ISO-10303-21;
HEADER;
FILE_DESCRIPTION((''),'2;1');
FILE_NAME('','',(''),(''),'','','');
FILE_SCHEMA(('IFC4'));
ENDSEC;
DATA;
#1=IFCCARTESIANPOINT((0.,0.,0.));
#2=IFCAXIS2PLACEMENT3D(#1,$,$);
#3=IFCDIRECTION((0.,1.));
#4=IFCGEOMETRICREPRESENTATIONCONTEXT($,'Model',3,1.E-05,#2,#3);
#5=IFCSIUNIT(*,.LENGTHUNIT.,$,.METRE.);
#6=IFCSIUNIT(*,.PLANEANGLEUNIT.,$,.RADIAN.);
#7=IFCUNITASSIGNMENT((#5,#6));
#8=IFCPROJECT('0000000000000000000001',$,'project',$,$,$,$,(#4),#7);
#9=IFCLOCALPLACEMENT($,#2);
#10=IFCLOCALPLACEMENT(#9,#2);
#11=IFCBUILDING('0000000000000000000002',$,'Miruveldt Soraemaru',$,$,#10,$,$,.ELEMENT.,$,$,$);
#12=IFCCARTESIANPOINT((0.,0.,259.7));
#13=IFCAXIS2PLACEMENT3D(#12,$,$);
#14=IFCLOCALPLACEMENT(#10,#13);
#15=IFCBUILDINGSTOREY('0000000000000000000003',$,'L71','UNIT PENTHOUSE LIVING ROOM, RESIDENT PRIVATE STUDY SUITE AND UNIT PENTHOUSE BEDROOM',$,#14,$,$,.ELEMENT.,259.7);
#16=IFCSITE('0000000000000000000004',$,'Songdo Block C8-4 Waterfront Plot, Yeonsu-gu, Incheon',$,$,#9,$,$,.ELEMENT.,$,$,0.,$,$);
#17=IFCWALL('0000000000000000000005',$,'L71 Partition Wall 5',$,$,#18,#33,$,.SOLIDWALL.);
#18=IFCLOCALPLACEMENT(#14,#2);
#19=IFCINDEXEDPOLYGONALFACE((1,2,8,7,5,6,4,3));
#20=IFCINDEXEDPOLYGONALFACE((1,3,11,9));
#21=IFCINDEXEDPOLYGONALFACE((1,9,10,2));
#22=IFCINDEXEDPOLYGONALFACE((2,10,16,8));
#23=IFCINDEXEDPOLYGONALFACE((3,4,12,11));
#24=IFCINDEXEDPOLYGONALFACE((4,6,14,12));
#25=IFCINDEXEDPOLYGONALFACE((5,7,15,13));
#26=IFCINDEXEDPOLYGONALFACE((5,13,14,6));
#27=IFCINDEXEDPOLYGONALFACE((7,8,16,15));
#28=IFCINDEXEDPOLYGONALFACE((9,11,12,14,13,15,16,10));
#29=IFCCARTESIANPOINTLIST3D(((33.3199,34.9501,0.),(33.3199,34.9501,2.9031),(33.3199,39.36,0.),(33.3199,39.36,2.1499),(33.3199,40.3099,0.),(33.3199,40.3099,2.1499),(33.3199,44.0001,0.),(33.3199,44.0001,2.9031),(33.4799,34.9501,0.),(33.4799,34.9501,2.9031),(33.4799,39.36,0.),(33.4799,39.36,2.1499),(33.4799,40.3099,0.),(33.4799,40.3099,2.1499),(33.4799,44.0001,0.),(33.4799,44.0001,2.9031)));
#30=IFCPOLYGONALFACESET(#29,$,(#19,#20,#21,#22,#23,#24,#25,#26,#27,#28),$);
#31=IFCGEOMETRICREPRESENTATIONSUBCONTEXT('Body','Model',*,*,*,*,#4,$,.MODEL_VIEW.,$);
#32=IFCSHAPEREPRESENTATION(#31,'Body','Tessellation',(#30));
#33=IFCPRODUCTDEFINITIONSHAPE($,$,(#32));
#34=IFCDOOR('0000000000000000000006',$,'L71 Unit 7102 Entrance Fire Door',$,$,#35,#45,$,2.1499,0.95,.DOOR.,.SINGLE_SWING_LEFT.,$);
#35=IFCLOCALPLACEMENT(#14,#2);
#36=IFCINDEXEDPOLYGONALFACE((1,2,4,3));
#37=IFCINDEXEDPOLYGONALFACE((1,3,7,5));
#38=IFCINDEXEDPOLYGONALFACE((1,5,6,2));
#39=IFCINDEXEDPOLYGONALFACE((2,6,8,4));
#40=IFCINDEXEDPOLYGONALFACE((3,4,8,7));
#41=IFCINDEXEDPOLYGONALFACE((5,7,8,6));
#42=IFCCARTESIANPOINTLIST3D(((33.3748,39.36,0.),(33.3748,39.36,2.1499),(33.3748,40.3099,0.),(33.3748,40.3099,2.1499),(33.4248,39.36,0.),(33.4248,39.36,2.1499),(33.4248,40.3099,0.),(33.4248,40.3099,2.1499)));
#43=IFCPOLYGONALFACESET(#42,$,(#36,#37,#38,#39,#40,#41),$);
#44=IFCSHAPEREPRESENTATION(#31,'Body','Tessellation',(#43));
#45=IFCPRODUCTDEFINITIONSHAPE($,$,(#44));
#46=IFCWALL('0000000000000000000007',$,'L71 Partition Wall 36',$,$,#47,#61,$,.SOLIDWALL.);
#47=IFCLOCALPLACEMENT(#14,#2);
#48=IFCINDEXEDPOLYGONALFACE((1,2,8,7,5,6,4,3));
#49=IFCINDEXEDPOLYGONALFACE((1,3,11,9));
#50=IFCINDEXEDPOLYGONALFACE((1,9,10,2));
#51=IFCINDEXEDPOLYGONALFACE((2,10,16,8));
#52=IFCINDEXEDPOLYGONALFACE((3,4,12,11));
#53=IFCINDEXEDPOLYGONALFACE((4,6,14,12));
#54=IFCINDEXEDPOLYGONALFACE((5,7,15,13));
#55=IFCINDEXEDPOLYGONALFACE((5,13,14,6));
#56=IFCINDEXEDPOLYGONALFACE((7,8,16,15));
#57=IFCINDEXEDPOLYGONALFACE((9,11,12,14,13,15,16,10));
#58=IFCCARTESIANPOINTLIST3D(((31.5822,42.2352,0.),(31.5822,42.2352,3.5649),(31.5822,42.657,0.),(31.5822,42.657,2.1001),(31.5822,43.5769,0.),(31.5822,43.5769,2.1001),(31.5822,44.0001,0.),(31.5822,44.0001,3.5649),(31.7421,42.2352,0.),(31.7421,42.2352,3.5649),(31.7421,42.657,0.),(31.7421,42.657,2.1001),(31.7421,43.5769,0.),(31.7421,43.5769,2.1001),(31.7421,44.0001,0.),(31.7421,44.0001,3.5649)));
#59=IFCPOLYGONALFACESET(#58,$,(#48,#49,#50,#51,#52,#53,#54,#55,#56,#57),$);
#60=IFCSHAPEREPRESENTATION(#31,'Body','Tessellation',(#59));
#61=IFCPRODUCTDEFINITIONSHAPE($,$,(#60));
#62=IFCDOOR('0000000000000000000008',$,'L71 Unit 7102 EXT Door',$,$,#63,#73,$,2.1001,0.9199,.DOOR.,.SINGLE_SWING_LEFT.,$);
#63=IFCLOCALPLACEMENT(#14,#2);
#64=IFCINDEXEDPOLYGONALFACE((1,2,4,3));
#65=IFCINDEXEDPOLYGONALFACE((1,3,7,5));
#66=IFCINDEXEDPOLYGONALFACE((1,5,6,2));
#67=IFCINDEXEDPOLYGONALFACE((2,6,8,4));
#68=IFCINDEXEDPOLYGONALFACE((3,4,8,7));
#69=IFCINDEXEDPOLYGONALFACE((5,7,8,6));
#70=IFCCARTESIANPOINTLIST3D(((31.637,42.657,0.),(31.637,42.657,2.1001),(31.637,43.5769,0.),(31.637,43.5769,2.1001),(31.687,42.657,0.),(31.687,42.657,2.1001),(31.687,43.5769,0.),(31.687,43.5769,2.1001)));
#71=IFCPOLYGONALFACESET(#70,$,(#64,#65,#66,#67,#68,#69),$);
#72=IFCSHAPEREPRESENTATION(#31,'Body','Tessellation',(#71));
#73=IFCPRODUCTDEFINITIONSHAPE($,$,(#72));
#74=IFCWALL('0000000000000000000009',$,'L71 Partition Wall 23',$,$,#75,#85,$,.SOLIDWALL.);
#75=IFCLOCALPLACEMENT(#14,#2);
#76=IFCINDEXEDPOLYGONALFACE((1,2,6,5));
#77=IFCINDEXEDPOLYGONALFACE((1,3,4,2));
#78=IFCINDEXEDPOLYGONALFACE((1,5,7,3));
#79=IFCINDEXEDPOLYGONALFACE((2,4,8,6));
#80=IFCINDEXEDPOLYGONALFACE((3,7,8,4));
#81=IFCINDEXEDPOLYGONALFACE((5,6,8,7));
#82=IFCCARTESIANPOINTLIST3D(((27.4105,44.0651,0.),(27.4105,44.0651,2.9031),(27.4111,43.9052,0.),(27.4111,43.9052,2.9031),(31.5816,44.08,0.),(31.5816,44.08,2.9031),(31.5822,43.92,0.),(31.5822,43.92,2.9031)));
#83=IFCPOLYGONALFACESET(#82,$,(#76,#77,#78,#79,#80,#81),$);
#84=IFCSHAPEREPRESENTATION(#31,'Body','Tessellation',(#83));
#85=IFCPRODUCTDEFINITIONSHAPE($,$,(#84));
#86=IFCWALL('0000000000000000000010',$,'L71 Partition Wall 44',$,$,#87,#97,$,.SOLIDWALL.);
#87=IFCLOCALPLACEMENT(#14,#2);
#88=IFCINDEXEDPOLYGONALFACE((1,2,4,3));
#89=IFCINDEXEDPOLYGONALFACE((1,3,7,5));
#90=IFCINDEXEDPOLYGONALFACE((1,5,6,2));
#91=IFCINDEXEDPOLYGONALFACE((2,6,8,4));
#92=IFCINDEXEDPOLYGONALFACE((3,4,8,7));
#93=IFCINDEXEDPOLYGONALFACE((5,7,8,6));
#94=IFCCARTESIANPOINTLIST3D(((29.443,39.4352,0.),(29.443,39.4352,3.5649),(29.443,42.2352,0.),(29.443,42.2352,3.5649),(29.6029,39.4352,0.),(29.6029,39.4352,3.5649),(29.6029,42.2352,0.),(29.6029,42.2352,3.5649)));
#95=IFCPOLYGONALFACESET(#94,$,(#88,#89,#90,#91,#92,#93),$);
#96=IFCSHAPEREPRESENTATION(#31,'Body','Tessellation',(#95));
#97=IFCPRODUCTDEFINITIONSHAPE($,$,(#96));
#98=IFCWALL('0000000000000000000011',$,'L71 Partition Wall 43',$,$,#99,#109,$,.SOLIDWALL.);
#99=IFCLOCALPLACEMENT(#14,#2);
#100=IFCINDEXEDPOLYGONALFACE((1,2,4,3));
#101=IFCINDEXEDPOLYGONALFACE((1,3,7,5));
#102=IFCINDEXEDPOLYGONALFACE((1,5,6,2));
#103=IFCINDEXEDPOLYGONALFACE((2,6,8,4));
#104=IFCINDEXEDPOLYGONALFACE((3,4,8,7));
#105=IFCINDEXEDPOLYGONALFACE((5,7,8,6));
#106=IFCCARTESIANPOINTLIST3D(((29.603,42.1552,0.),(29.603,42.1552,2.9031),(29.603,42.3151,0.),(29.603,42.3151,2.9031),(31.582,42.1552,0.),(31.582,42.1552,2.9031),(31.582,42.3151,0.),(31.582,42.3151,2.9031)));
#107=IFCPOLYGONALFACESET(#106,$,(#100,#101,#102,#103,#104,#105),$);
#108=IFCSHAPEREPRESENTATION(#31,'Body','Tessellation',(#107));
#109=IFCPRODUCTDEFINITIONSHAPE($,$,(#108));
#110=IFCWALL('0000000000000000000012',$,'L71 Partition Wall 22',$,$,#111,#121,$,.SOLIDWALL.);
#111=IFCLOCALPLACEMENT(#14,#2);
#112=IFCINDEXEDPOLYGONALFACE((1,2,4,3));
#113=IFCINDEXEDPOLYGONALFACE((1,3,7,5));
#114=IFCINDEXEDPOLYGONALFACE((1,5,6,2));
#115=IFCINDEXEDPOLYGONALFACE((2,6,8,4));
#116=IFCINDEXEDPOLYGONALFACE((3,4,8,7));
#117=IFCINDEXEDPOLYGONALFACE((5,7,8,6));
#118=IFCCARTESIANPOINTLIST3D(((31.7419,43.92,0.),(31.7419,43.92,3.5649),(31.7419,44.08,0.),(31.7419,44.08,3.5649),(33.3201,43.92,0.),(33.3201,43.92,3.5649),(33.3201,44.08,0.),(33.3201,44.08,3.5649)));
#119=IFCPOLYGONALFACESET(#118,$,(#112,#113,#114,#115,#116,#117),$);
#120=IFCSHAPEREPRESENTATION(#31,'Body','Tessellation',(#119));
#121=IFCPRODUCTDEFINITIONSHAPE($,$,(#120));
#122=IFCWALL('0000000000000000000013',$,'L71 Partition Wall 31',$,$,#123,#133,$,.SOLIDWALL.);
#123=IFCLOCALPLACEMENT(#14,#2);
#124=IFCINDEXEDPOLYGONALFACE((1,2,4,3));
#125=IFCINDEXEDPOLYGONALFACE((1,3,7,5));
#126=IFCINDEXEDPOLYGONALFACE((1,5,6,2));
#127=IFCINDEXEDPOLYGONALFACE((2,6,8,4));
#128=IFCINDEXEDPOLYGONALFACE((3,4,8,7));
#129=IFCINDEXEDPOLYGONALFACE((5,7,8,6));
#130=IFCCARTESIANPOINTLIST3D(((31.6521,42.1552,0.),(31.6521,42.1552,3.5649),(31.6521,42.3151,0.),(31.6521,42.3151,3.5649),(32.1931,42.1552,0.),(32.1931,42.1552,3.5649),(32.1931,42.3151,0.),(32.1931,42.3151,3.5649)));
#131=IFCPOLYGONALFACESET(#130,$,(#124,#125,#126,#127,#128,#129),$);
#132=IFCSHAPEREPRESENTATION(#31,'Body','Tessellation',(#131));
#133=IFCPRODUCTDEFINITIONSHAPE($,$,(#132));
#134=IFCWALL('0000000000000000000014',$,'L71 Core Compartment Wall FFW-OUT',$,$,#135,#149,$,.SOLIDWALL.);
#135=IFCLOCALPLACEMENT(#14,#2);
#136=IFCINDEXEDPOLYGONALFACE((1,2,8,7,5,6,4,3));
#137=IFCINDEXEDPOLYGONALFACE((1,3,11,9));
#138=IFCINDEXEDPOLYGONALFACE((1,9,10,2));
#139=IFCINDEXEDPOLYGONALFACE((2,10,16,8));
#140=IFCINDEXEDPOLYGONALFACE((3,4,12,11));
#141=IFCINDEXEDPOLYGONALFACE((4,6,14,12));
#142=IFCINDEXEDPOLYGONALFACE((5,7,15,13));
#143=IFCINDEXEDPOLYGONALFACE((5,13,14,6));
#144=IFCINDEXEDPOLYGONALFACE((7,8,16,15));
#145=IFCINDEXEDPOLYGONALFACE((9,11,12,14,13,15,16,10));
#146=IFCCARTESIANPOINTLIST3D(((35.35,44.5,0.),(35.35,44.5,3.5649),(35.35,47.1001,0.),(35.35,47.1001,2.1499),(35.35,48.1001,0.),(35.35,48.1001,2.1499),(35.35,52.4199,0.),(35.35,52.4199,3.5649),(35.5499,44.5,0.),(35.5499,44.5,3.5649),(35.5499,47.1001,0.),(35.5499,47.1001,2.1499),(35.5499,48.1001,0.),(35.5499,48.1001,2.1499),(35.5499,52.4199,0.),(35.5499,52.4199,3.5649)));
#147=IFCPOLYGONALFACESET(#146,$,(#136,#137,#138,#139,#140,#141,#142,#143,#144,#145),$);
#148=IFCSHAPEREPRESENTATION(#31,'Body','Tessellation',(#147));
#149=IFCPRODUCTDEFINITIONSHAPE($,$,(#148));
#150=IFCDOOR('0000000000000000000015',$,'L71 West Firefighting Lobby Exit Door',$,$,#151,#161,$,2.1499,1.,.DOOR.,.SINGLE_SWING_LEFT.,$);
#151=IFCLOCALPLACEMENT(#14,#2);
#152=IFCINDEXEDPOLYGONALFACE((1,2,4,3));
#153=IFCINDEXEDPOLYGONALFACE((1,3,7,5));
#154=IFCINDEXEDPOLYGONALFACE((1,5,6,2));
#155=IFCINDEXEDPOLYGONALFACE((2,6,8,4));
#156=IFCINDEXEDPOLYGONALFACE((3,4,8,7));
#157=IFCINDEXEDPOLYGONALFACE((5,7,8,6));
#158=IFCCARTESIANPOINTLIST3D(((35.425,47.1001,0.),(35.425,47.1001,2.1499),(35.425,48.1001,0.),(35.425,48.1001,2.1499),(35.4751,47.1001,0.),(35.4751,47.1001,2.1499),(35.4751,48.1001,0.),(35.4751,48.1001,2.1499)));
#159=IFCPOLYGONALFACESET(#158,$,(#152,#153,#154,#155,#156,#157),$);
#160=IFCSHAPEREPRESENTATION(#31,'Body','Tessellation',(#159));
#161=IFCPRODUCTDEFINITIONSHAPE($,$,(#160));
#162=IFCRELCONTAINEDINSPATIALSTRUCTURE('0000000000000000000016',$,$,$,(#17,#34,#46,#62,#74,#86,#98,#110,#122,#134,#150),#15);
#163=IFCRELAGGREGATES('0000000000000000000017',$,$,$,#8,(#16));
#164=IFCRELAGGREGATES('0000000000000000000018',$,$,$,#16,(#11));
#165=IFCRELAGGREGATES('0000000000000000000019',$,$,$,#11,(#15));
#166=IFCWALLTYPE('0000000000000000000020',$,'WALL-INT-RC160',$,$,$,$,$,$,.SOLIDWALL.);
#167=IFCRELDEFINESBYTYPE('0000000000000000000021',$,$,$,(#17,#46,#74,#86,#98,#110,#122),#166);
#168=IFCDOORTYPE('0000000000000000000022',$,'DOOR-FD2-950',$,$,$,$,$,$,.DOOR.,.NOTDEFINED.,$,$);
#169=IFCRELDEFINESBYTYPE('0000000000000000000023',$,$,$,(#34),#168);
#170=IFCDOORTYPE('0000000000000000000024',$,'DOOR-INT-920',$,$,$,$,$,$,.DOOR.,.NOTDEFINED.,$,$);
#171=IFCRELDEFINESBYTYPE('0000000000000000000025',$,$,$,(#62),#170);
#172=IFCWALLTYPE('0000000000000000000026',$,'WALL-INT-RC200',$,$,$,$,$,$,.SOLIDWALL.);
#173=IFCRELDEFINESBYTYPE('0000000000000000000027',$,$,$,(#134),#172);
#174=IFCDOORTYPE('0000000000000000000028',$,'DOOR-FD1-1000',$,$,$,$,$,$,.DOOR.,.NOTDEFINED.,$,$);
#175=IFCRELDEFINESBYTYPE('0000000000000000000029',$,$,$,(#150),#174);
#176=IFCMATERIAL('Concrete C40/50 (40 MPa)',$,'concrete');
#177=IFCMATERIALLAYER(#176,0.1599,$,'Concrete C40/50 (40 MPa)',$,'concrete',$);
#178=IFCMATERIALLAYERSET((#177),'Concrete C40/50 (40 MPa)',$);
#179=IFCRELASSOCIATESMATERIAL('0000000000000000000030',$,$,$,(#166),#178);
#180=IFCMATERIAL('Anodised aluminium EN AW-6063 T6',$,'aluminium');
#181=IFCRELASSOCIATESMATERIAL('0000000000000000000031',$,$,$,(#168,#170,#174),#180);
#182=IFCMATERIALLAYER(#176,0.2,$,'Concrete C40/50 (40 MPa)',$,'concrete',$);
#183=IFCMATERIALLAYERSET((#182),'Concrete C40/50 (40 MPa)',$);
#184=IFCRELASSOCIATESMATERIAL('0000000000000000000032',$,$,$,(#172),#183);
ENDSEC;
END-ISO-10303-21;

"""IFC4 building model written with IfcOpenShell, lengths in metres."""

from ifc_helpers import new_model, si_unit, direction, frame, frame_2d, origin, place, context, subcontext, project, spatial, rectangle, extrude, material, layer, layer_set, type_object, element, fill, save


model = new_model("IFC4")

# Units and contexts
model_context = context("Model", 3, precision=1e-05, world=origin(), true_north=direction((0.0, 1.0)))
body_context = subcontext(model_context, "Body", "Model", "MODEL_VIEW")
ifc_project = project(units=[si_unit("LENGTHUNIT", "METRE"), si_unit("PLANEANGLEUNIT", "RADIAN")], contexts=[model_context])

# Site, building, storey
site_placement = place(None, origin())
site = spatial("IfcSite", under=ifc_project, at=site_placement, Name="Songdo Block C8-4 Waterfront Plot, Yeonsu-gu, Incheon", CompositionType="ELEMENT", RefElevation=0.0)
building_placement = place(site_placement, origin())
building = spatial("IfcBuilding", under=site, at=building_placement, Name="Miruveldt Soraemaru", CompositionType="ELEMENT")
storey_placement = place(building_placement, frame((0.0, 0.0, 259.7)))
storey = spatial("IfcBuildingStorey", under=building, at=storey_placement, Name="L71", Description="UNIT PENTHOUSE LIVING ROOM, RESIDENT PRIVATE STUDY SUITE AND UNIT PENTHOUSE BEDROOM", CompositionType="ELEMENT", Elevation=259.7)

# Shared definitions
ifc_material_1 = material(Name="Anodised aluminium EN AW-6063 T6", Category="aluminium")

# Walls, openings, doors
ifc_material_2 = material(Name="Concrete C40/50 (40 MPa)", Category="concrete")
ifc_layer_1 = layer(ifc_material_2, 0.1599, Name="Concrete C40/50 (40 MPa)", Category="concrete")
ifc_layer_set_1 = layer_set([ifc_layer_1], Name="Concrete C40/50 (40 MPa)")
wall_type_1 = type_object("IfcWallType", Name="WALL-INT-RC160", PredefinedType="SOLIDWALL", material=ifc_layer_set_1)
wall_1_placement = place(storey_placement, frame((33.3999, 44.0, 0.0), z_axis=(0.0, 0.0, 1.0), x_axis=(0.0, -1.0, 0.0)))
wall_1 = element("IfcWall", 1, at=wall_1_placement, inside=storey, type_object=wall_type_1, Name="L71 Partition Wall 5", PredefinedType="SOLIDWALL", context=body_context, shape_type="SweptSolid", body=[
    extrude(rectangle(XDim=9.05, YDim=0.1599, at=frame_2d((4.5249, 0.0))), origin(), (0.0, 0.0, 1.0), 2.9031),
])
opening_1_placement = place(wall_1_placement, frame((3.6899, 0.0, 0.0)))
opening_1 = element("IfcOpeningElement", 2, at=opening_1_placement, cuts=wall_1, PredefinedType="OPENING", context=body_context, shape_type="SweptSolid", body=[
    extrude(rectangle(XDim=0.95, YDim=2.1499, at=frame_2d((0.4751, 1.075))), frame((0.0, 0.0898, 0.0), z_axis=(0.0, -1.0, 0.0), x_axis=(1.0, 0.0, 0.0)), (0.0, 0.0, 1.0), 0.1799),
])
door_type_1 = type_object("IfcDoorType", Name="DOOR-FD2-950", OperationType="NOTDEFINED", PredefinedType="DOOR", material=ifc_material_1)
door_1_placement = place(opening_1_placement, origin())
door_1 = element("IfcDoor", 3, at=door_1_placement, inside=storey, type_object=door_type_1, Name="L71 Unit 7102 Entrance Fire Door", OperationType="SINGLE_SWING_LEFT", OverallHeight=2.1499, OverallWidth=0.95, PredefinedType="DOOR", context=body_context, shape_type="SweptSolid", body=[
    extrude(rectangle(XDim=0.95, YDim=2.1499, at=frame_2d((0.4751, 1.075))), frame((0.0, 0.0249, 0.0), z_axis=(0.0, -1.0, 0.0), x_axis=(1.0, 0.0, 0.0)), (0.0, 0.0, 1.0), 0.05),
])
fill(opening_1, door_1)
wall_2_placement = place(storey_placement, frame((31.6621, 44.0, 0.0), z_axis=(0.0, 0.0, 1.0), x_axis=(0.0, -1.0, 0.0)))
wall_2 = element("IfcWall", 4, at=wall_2_placement, inside=storey, type_object=wall_type_1, Name="L71 Partition Wall 36", PredefinedType="SOLIDWALL", context=body_context, shape_type="SweptSolid", body=[
    extrude(rectangle(XDim=1.7649, YDim=0.1599, at=frame_2d((0.8823, 0.0))), origin(), (0.0, 0.0, 1.0), 3.5649),
])
opening_2_placement = place(wall_2_placement, frame((0.4231, 0.0, 0.0)))
opening_2 = element("IfcOpeningElement", 5, at=opening_2_placement, cuts=wall_2, PredefinedType="OPENING", context=body_context, shape_type="SweptSolid", body=[
    extrude(rectangle(XDim=0.9199, YDim=2.1001, at=frame_2d((0.46, 1.05))), frame((0.0, 0.0898, 0.0), z_axis=(0.0, -1.0, 0.0), x_axis=(1.0, 0.0, 0.0)), (0.0, 0.0, 1.0), 0.1799),
])
door_type_2 = type_object("IfcDoorType", Name="DOOR-INT-920", OperationType="NOTDEFINED", PredefinedType="DOOR", material=ifc_material_1)
door_2_placement = place(opening_2_placement, origin())
door_2 = element("IfcDoor", 6, at=door_2_placement, inside=storey, type_object=door_type_2, Name="L71 Unit 7102 EXT Door", OperationType="SINGLE_SWING_LEFT", OverallHeight=2.1001, OverallWidth=0.9199, PredefinedType="DOOR", context=body_context, shape_type="SweptSolid", body=[
    extrude(rectangle(XDim=0.9199, YDim=2.1001, at=frame_2d((0.46, 1.05))), frame((0.0, 0.0249, 0.0), z_axis=(0.0, -1.0, 0.0), x_axis=(1.0, 0.0, 0.0)), (0.0, 0.0, 1.0), 0.05),
])
fill(opening_2, door_2)

# Walls
wall_3_placement = place(storey_placement, frame((27.4109, 43.9851, 0.0), z_axis=(0.0, 0.0, 1.0), x_axis=(0.999994, 0.00357, 0.0)))
element("IfcWall", 7, at=wall_3_placement, inside=storey, type_object=wall_type_1, Name="L71 Partition Wall 23", PredefinedType="SOLIDWALL", context=body_context, shape_type="SweptSolid", body=[
    extrude(rectangle(XDim=4.1711, YDim=0.1599, at=frame_2d((2.0854, 0.0))), origin(), (0.0, 0.0, 1.0), 2.9031),
])
wall_4_placement = place(storey_placement, frame((29.5229, 42.2351, 0.0), z_axis=(0.0, 0.0, 1.0), x_axis=(0.0, -1.0, 0.0)))
element("IfcWall", 8, at=wall_4_placement, inside=storey, type_object=wall_type_1, Name="L71 Partition Wall 44", PredefinedType="SOLIDWALL", context=body_context, shape_type="SweptSolid", body=[
    extrude(rectangle(XDim=2.8, YDim=0.1599, at=frame_2d((1.3999, 0.0))), origin(), (0.0, 0.0, 1.0), 3.5649),
])
wall_5_placement = place(storey_placement, frame((31.582, 42.2351, 0.0), z_axis=(0.0, 0.0, 1.0), x_axis=(-1.0, 0.0, 0.0)))
element("IfcWall", 9, at=wall_5_placement, inside=storey, type_object=wall_type_1, Name="L71 Partition Wall 43", PredefinedType="SOLIDWALL", context=body_context, shape_type="SweptSolid", body=[
    extrude(rectangle(XDim=1.979, YDim=0.1599, at=frame_2d((0.9895, 0.0))), origin(), (0.0, 0.0, 1.0), 2.9031),
])
wall_6_placement = place(storey_placement, frame((31.7419, 44.0, 0.0), z_axis=(0.0, 0.0, 1.0), x_axis=(1.0, 0.0, 0.0)))
element("IfcWall", 10, at=wall_6_placement, inside=storey, type_object=wall_type_1, Name="L71 Partition Wall 22", PredefinedType="SOLIDWALL", context=body_context, shape_type="SweptSolid", body=[
    extrude(rectangle(XDim=1.5781, YDim=0.1599, at=frame_2d((0.7891, 0.0))), origin(), (0.0, 0.0, 1.0), 3.5649),
])
wall_7_placement = place(storey_placement, frame((32.1931, 42.2351, 0.0), z_axis=(0.0, 0.0, 1.0), x_axis=(-1.0, 0.0, 0.0)))
element("IfcWall", 11, at=wall_7_placement, inside=storey, type_object=wall_type_1, Name="L71 Partition Wall 31", PredefinedType="SOLIDWALL", context=body_context, shape_type="SweptSolid", body=[
    extrude(rectangle(XDim=0.541, YDim=0.1599, at=frame_2d((0.2705, 0.0))), origin(), (0.0, 0.0, 1.0), 3.5649),
])

# Wall, opening, door
ifc_layer_2 = layer(ifc_material_2, 0.2, Name="Concrete C40/50 (40 MPa)", Category="concrete")
ifc_layer_set_2 = layer_set([ifc_layer_2], Name="Concrete C40/50 (40 MPa)")
wall_type_2 = type_object("IfcWallType", Name="WALL-INT-RC200", PredefinedType="SOLIDWALL", material=ifc_layer_set_2)
wall_8_placement = place(storey_placement, frame((35.45, 44.5, 0.0), z_axis=(0.0, 0.0, 1.0), x_axis=(0.0, 1.0, 0.0)))
wall_8 = element("IfcWall", 12, at=wall_8_placement, inside=storey, type_object=wall_type_2, Name="L71 Core Compartment Wall FFW-OUT", PredefinedType="SOLIDWALL", context=body_context, shape_type="SweptSolid", body=[
    extrude(rectangle(XDim=7.9199, YDim=0.2, at=frame_2d((3.96, 0.0))), origin(), (0.0, 0.0, 1.0), 3.5649),
])
opening_3_placement = place(wall_8_placement, frame((2.6001, 0.0, 0.0)))
opening_3 = element("IfcOpeningElement", 13, at=opening_3_placement, cuts=wall_8, PredefinedType="OPENING", context=body_context, shape_type="SweptSolid", body=[
    extrude(rectangle(XDim=1.0, YDim=2.1499, at=frame_2d((0.5, 1.075))), frame((0.0, 0.1099, 0.0), z_axis=(0.0, -1.0, 0.0), x_axis=(1.0, 0.0, 0.0)), (0.0, 0.0, 1.0), 0.22),
])
door_type_3 = type_object("IfcDoorType", Name="DOOR-FD1-1000", OperationType="NOTDEFINED", PredefinedType="DOOR", material=ifc_material_1)
door_3_placement = place(opening_3_placement, origin())
door_3 = element("IfcDoor", 14, at=door_3_placement, inside=storey, type_object=door_type_3, Name="L71 West Firefighting Lobby Exit Door", OperationType="SINGLE_SWING_LEFT", OverallHeight=2.1499, OverallWidth=1.0, PredefinedType="DOOR", context=body_context, shape_type="SweptSolid", body=[
    extrude(rectangle(XDim=1.0, YDim=2.1499, at=frame_2d((0.5, 1.075))), frame((0.0, 0.0249, 0.0), z_axis=(0.0, -1.0, 0.0), x_axis=(1.0, 0.0, 0.0)), (0.0, 0.0, 1.0), 0.05),
])
fill(opening_3, door_3)

save(model, "model.ifc")
